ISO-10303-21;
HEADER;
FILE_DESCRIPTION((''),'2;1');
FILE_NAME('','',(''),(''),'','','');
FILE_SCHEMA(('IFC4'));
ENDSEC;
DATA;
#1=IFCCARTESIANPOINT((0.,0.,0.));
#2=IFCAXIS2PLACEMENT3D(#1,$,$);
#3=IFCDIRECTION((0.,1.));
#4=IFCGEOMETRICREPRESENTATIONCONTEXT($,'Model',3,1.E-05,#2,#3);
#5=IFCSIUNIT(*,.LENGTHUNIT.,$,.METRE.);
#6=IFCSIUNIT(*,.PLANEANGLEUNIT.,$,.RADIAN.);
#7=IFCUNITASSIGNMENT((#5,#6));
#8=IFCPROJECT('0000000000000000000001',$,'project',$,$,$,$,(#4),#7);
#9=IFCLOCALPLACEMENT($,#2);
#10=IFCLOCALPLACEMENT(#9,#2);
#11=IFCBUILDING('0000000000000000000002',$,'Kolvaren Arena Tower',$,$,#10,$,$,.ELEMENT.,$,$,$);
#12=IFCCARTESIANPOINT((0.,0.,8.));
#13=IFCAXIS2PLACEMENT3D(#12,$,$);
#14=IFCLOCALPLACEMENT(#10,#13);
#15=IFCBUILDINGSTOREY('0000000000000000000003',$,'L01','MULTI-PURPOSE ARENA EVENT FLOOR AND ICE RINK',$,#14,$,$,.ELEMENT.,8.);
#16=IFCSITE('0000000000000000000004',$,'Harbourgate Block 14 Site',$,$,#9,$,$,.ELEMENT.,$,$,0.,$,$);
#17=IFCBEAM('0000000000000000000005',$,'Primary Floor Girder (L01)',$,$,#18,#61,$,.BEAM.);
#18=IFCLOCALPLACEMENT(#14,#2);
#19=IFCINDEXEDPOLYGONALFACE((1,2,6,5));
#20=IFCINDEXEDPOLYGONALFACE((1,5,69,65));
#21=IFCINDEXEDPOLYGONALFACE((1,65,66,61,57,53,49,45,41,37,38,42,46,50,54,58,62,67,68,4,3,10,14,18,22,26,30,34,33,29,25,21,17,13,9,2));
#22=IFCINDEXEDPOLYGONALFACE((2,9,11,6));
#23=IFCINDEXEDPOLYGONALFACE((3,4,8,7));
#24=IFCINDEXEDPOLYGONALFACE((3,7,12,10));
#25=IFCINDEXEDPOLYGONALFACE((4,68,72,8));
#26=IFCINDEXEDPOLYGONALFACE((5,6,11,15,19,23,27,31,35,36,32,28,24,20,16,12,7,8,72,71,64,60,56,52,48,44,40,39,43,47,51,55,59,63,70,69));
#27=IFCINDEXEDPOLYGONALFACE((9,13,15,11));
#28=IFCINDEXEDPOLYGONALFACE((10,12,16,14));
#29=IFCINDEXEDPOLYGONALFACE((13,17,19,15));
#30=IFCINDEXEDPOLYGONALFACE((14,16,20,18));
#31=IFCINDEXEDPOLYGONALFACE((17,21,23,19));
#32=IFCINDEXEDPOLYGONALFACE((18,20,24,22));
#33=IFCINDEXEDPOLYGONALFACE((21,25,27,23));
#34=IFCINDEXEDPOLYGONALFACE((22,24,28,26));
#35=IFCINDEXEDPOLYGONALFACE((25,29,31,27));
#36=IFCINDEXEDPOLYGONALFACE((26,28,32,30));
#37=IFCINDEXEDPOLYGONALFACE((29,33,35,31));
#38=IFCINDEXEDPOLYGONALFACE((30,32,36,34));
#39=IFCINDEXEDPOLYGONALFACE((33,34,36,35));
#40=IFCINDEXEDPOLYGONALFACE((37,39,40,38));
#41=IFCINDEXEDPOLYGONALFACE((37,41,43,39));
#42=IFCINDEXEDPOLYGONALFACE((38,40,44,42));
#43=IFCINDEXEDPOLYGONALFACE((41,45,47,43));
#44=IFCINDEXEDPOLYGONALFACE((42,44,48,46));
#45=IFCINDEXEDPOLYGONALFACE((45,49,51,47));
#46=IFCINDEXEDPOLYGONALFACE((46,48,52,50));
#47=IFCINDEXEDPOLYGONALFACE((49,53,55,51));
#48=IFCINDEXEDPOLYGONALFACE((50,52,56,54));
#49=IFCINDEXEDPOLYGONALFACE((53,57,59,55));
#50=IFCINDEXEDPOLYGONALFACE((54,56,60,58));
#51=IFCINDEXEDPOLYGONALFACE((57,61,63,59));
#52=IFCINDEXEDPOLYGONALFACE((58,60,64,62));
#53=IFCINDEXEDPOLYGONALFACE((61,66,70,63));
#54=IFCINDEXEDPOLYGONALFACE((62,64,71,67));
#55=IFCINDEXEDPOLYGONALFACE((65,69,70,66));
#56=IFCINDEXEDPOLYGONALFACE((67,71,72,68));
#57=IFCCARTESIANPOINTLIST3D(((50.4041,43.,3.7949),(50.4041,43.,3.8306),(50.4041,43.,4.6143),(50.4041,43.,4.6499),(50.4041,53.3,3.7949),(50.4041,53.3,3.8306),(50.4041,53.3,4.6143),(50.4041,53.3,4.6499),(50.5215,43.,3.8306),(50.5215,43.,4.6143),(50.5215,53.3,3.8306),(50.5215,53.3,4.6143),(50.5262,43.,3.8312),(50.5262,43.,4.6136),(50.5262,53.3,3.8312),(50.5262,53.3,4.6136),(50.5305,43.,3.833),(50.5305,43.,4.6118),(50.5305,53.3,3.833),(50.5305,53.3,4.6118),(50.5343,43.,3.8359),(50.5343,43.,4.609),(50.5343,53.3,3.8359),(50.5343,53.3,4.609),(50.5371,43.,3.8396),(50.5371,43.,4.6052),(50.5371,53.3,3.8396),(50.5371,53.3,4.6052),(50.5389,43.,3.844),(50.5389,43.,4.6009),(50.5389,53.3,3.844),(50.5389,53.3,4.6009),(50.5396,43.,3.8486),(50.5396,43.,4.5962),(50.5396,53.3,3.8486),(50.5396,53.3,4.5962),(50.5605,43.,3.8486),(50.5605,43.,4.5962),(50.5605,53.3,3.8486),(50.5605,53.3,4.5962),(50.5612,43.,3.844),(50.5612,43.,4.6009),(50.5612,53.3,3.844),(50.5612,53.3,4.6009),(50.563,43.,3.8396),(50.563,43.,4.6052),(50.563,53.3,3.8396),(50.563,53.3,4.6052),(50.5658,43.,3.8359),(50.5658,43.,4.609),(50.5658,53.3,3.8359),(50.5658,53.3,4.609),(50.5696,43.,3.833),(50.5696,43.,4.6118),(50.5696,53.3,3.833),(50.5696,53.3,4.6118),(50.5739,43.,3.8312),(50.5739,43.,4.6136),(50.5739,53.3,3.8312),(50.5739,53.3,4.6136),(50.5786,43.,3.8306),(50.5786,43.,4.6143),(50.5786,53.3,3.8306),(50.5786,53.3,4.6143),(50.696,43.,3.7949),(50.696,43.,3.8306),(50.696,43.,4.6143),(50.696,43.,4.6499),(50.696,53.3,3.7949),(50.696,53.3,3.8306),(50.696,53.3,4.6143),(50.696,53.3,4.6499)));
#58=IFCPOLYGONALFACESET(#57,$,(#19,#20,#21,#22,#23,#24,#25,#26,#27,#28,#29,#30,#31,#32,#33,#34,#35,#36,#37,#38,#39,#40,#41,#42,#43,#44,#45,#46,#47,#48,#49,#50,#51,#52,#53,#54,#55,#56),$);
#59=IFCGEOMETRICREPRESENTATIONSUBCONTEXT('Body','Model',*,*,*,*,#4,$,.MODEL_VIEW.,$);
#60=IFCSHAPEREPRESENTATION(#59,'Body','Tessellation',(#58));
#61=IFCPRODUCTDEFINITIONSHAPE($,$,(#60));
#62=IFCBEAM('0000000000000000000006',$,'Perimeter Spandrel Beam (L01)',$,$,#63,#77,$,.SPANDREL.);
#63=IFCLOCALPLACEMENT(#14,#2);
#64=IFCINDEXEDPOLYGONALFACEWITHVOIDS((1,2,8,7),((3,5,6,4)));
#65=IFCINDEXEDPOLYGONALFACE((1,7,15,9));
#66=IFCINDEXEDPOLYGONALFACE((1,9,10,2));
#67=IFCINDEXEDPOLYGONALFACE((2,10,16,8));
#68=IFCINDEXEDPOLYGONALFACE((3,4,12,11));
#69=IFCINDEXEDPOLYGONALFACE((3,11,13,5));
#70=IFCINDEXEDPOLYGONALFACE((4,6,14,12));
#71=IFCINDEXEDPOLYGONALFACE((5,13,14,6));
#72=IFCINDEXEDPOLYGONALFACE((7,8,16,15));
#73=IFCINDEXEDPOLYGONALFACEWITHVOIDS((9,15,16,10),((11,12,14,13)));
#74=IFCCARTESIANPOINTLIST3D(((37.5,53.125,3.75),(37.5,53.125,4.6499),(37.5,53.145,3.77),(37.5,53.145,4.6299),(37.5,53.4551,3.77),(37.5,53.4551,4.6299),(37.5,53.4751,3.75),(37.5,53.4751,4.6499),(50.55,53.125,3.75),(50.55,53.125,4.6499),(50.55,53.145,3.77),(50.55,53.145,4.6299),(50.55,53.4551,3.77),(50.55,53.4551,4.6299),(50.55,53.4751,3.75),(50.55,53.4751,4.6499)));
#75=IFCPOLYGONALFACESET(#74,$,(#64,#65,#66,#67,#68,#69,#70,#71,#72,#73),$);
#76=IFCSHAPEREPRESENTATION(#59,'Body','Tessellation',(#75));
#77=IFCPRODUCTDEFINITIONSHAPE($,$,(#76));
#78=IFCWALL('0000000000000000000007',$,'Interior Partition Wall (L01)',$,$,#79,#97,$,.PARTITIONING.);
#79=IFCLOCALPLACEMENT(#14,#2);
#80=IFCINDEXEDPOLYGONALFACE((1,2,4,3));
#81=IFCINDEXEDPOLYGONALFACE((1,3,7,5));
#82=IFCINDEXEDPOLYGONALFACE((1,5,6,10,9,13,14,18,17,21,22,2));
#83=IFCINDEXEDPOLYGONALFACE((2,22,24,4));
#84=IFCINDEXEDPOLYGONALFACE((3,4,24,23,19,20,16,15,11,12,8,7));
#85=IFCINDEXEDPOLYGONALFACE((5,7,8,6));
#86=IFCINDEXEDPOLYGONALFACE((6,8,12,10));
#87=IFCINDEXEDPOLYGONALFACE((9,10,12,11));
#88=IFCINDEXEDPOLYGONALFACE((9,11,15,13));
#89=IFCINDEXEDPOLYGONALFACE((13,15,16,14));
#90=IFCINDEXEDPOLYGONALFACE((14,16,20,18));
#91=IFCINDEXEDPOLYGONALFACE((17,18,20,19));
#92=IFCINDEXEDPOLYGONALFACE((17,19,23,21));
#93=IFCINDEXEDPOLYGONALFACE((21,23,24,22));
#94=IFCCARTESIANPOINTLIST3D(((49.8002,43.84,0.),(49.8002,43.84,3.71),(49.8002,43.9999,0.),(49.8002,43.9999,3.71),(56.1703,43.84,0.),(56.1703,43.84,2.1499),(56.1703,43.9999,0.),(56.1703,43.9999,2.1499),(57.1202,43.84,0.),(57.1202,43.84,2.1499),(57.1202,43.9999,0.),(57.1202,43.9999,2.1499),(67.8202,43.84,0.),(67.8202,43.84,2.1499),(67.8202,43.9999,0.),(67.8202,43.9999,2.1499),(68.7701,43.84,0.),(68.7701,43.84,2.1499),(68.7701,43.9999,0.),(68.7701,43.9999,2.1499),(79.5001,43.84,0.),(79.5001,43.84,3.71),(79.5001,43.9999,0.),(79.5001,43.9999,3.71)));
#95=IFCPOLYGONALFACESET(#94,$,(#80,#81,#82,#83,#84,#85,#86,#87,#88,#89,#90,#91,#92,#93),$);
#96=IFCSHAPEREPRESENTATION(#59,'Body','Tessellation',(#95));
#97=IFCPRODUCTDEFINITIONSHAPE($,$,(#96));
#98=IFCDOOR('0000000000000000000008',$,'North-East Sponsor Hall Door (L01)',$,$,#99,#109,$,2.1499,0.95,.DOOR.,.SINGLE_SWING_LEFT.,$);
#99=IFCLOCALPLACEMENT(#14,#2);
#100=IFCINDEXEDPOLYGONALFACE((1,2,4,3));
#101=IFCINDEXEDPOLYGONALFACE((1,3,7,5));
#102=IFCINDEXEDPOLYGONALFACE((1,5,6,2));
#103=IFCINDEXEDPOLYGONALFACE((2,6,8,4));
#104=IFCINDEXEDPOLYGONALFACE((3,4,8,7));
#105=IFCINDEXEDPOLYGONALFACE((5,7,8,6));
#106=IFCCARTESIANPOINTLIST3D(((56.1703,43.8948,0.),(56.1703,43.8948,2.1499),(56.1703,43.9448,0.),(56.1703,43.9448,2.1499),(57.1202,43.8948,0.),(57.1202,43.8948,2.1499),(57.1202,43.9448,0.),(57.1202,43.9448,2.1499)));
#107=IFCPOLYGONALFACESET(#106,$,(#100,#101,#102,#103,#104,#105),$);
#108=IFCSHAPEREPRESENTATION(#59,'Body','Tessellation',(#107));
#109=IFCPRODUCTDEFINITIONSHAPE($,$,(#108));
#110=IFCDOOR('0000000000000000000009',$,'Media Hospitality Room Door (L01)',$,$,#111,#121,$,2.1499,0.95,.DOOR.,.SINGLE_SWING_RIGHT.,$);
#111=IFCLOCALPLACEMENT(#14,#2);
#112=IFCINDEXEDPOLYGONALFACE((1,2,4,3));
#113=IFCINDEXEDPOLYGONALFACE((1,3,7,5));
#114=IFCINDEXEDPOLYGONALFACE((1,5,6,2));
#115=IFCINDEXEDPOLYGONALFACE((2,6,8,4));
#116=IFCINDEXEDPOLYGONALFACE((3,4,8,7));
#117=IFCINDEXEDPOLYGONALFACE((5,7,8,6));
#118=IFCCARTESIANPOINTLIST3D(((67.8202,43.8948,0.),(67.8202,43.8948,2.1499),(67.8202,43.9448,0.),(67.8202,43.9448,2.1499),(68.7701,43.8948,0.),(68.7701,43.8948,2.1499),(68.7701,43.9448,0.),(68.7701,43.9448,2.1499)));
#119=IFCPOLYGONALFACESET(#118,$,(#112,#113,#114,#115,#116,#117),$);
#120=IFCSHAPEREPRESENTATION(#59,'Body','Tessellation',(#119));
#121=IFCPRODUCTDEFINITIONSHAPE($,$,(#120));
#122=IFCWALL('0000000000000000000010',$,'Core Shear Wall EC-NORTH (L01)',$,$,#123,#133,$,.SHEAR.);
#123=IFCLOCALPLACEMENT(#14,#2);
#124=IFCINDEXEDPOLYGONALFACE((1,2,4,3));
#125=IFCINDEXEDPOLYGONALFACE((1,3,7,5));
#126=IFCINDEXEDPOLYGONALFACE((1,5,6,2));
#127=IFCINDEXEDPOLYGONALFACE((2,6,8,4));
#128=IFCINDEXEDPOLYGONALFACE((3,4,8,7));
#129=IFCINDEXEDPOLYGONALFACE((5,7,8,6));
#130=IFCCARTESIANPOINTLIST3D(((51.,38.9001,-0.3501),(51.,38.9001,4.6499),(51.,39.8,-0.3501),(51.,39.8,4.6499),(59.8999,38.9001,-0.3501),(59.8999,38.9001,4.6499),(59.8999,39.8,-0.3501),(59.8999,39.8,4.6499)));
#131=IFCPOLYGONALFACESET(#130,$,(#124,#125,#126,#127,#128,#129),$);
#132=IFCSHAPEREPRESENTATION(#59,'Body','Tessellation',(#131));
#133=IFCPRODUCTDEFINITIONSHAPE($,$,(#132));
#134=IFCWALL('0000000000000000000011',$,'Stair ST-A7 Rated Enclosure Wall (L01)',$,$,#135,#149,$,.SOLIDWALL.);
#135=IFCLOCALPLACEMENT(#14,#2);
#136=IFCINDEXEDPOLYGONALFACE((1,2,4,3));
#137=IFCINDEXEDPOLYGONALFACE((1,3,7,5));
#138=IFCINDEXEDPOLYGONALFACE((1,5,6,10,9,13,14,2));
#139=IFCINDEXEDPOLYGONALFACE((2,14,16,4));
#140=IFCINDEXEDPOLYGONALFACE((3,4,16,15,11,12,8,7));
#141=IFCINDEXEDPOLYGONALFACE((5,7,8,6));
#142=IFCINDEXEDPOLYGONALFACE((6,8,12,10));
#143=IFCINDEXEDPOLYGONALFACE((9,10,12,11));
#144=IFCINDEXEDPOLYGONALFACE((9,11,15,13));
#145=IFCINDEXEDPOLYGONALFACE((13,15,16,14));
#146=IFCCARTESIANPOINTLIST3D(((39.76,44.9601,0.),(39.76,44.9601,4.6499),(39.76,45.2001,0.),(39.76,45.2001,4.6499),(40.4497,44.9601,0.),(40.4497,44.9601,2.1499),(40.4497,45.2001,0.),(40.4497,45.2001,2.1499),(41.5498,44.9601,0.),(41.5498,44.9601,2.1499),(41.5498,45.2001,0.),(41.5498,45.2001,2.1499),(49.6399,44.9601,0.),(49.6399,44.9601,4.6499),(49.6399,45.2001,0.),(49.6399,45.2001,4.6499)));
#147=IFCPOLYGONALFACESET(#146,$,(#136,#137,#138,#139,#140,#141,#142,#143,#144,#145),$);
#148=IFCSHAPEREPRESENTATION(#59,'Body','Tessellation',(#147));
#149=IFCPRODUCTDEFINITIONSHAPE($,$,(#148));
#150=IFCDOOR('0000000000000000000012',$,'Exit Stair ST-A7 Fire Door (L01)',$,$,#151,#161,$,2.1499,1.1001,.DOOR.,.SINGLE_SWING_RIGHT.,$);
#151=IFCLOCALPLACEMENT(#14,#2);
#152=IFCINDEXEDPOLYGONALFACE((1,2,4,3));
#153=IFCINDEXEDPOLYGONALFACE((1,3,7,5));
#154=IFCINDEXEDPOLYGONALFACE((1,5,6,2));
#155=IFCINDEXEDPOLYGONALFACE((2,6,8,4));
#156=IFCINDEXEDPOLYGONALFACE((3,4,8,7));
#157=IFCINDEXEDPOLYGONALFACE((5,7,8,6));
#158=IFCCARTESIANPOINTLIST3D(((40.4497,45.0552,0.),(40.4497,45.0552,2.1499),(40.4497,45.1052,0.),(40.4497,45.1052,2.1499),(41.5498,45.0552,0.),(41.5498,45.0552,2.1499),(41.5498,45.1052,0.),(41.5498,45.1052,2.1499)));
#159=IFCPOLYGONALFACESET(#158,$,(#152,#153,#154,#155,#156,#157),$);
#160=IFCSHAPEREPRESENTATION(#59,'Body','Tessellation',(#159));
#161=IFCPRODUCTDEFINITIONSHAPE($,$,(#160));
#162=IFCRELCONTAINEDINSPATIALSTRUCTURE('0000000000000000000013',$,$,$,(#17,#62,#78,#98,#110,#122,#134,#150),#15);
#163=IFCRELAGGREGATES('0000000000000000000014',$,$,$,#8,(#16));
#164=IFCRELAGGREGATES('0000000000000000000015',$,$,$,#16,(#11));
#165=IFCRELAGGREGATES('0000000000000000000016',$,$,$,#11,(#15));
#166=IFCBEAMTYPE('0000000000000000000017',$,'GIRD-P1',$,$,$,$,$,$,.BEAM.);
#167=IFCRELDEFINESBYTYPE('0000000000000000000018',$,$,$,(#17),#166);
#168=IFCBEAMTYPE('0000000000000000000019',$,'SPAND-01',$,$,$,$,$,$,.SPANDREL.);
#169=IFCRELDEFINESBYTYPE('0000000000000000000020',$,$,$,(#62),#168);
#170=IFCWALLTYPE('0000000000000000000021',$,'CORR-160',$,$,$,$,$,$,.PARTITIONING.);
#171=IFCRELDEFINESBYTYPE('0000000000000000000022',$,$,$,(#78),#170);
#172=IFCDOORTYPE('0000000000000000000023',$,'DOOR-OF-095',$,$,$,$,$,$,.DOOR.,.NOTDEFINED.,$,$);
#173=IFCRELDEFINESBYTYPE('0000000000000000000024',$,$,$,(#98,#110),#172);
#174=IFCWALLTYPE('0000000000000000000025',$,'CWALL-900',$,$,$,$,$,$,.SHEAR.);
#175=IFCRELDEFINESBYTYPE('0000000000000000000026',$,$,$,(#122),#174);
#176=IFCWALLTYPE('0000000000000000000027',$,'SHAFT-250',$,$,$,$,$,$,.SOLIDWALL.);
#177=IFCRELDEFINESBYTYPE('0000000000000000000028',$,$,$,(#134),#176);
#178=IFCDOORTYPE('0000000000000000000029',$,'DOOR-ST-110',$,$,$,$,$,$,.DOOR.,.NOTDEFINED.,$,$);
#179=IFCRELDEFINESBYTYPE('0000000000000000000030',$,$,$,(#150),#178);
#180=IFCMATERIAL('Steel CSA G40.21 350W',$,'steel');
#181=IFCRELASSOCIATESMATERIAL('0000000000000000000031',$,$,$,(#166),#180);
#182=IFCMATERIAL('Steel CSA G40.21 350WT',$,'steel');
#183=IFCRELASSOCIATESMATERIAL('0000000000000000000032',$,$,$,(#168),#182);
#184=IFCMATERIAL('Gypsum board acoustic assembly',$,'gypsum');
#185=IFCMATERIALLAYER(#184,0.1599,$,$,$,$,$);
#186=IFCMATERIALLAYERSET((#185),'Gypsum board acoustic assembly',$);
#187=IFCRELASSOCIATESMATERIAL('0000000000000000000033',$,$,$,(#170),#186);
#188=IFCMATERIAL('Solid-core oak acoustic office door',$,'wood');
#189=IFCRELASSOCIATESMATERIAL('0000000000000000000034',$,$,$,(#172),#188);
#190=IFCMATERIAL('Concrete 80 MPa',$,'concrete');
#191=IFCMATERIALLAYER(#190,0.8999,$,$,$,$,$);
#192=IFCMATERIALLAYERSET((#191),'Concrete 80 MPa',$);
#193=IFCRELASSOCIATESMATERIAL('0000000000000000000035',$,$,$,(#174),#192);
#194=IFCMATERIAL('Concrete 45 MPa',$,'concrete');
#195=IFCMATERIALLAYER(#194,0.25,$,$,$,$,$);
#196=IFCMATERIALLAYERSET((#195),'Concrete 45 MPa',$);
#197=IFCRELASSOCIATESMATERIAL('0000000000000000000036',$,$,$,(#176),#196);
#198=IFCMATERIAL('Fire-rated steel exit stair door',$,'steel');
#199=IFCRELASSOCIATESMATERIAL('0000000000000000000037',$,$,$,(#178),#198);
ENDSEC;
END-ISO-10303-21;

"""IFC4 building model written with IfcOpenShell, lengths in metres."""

from ifc_helpers import new_model, si_unit, direction, frame, frame_2d, origin, origin_2d, place, context, subcontext, project, spatial, rectangle, hollow_rectangle, i_section, extrude, material, layer, layer_set, material_profile, profile_set, type_object, element, fill, save


model = new_model("IFC4")

# Units and contexts
model_context = context("Model", 3, precision=1e-05, world=origin(), true_north=direction((0.0, 1.0)))
body_context = subcontext(model_context, "Body", "Model", "MODEL_VIEW")
ifc_project = project(units=[si_unit("LENGTHUNIT", "METRE"), si_unit("PLANEANGLEUNIT", "RADIAN")], contexts=[model_context])

# Site, building, storey
site_placement = place(None, origin())
site = spatial("IfcSite", under=ifc_project, at=site_placement, Name="Harbourgate Block 14 Site", CompositionType="ELEMENT", RefElevation=0.0)
building_placement = place(site_placement, origin())
building = spatial("IfcBuilding", under=site, at=building_placement, Name="Kolvaren Arena Tower", CompositionType="ELEMENT")
storey_placement = place(building_placement, frame((0.0, 0.0, 8.0)))
storey = spatial("IfcBuildingStorey", under=building, at=storey_placement, Name="L01", Description="MULTI-PURPOSE ARENA EVENT FLOOR AND ICE RINK", CompositionType="ELEMENT", Elevation=8.0)

# Beams
ifc_material_1 = material(Name="Steel CSA G40.21 350W", Category="steel")
ifc_material_profile_1 = material_profile(ifc_material_1, i_section(OverallWidth=0.292, OverallDepth=0.855, WebThickness=0.021, FlangeThickness=0.0356, FilletRadius=0.0181, at=origin_2d()), Name="W840x299")
ifc_profile_set_1 = profile_set([ifc_material_profile_1], Name="Steel CSA G40.21 350W")
beam_type_1 = type_object("IfcBeamType", Name="GIRD-P1", PredefinedType="BEAM", material=ifc_profile_set_1)
beam_1_placement = place(storey_placement, frame((50.55, 43.0, 4.2224), z_axis=(0.0, 1.0, 0.0), x_axis=(-1.0, 0.0, 0.0)))
element("IfcBeam", 1, at=beam_1_placement, inside=storey, type_object=beam_type_1, Name="Primary Floor Girder (L01)", PredefinedType="BEAM", context=body_context, shape_type="SweptSolid", body=[
    extrude(i_section(OverallWidth=0.292, OverallDepth=0.855, WebThickness=0.021, FlangeThickness=0.0356, FilletRadius=0.0181, at=origin_2d()), origin(), (0.0, 0.0, 1.0), 10.3),
])
ifc_material_2 = material(Name="Steel CSA G40.21 350WT", Category="steel")
ifc_material_profile_2 = material_profile(ifc_material_2, hollow_rectangle(XDim=0.3501, YDim=0.8999, WallThickness=0.02, at=origin_2d()), Name="HSS 900x350x20")
ifc_profile_set_2 = profile_set([ifc_material_profile_2], Name="Steel CSA G40.21 350WT")
beam_type_2 = type_object("IfcBeamType", Name="SPAND-01", PredefinedType="SPANDREL", material=ifc_profile_set_2)
beam_2_placement = place(storey_placement, frame((50.55, 53.3, 4.2), z_axis=(-1.0, 0.0, 0.0), x_axis=(0.0, -1.0, 0.0)))
element("IfcBeam", 2, at=beam_2_placement, inside=storey, type_object=beam_type_2, Name="Perimeter Spandrel Beam (L01)", PredefinedType="SPANDREL", context=body_context, shape_type="SweptSolid", body=[
    extrude(hollow_rectangle(XDim=0.3501, YDim=0.8999, WallThickness=0.02, at=origin_2d()), origin(), (0.0, 0.0, 1.0), 13.05),
])

# Wall, openings, doors
ifc_material_3 = material(Name="Gypsum board acoustic assembly", Category="gypsum")
ifc_layer_1 = layer(ifc_material_3, 0.1599)
ifc_layer_set_1 = layer_set([ifc_layer_1], Name="Gypsum board acoustic assembly")
wall_type_1 = type_object("IfcWallType", Name="CORR-160", PredefinedType="PARTITIONING", material=ifc_layer_set_1)
wall_1_placement = place(storey_placement, frame((49.8, 43.9199, 0.0), z_axis=(0.0, 0.0, 1.0), x_axis=(1.0, 0.0, 0.0)))
wall_1 = element("IfcWall", 3, at=wall_1_placement, inside=storey, type_object=wall_type_1, Name="Interior Partition Wall (L01)", PredefinedType="PARTITIONING", context=body_context, shape_type="SweptSolid", body=[
    extrude(rectangle(XDim=29.7, YDim=0.1599, at=frame_2d((14.8501, 0.0))), origin(), (0.0, 0.0, 1.0), 3.71),
])
opening_1_placement = place(wall_1_placement, frame((6.3701, 0.0, 0.0)))
opening_1 = element("IfcOpeningElement", 4, at=opening_1_placement, cuts=wall_1, PredefinedType="OPENING", context=body_context, shape_type="SweptSolid", body=[
    extrude(rectangle(XDim=0.95, YDim=2.1499, at=frame_2d((0.4751, 1.075))), frame((0.0, 0.0898, 0.0), z_axis=(0.0, -1.0, 0.0), x_axis=(1.0, 0.0, 0.0)), (0.0, 0.0, 1.0), 0.1799),
])
opening_2_placement = place(wall_1_placement, frame((18.02, 0.0, 0.0)))
opening_2 = element("IfcOpeningElement", 5, at=opening_2_placement, cuts=wall_1, PredefinedType="OPENING", context=body_context, shape_type="SweptSolid", body=[
    extrude(rectangle(XDim=0.95, YDim=2.1499, at=frame_2d((0.4751, 1.075))), frame((0.0, 0.0898, 0.0), z_axis=(0.0, -1.0, 0.0), x_axis=(1.0, 0.0, 0.0)), (0.0, 0.0, 1.0), 0.1799),
])
ifc_material_4 = material(Name="Solid-core oak acoustic office door", Category="wood")
door_type_1 = type_object("IfcDoorType", Name="DOOR-OF-095", OperationType="NOTDEFINED", PredefinedType="DOOR", material=ifc_material_4)
door_1_placement = place(opening_1_placement, origin())
door_1 = element("IfcDoor", 6, at=door_1_placement, inside=storey, type_object=door_type_1, Name="North-East Sponsor Hall Door (L01)", OperationType="SINGLE_SWING_LEFT", OverallHeight=2.1499, OverallWidth=0.95, PredefinedType="DOOR", context=body_context, shape_type="SweptSolid", body=[
    extrude(rectangle(XDim=0.95, YDim=2.1499, at=frame_2d((0.4751, 1.075))), frame((0.0, 0.0249, 0.0), z_axis=(0.0, -1.0, 0.0), x_axis=(1.0, 0.0, 0.0)), (0.0, 0.0, 1.0), 0.05),
])
fill(opening_1, door_1)
door_2_placement = place(opening_2_placement, origin())
door_2 = element("IfcDoor", 7, at=door_2_placement, inside=storey, type_object=door_type_1, Name="Media Hospitality Room Door (L01)", OperationType="SINGLE_SWING_RIGHT", OverallHeight=2.1499, OverallWidth=0.95, PredefinedType="DOOR", context=body_context, shape_type="SweptSolid", body=[
    extrude(rectangle(XDim=0.95, YDim=2.1499, at=frame_2d((0.4751, 1.075))), frame((0.0, 0.0249, 0.0), z_axis=(0.0, -1.0, 0.0), x_axis=(1.0, 0.0, 0.0)), (0.0, 0.0, 1.0), 0.05),
])
fill(opening_2, door_2)

# Wall
ifc_material_5 = material(Name="Concrete 80 MPa", Category="concrete")
ifc_layer_2 = layer(ifc_material_5, 0.8999)
ifc_layer_set_2 = layer_set([ifc_layer_2], Name="Concrete 80 MPa")
wall_type_2 = type_object("IfcWallType", Name="CWALL-900", PredefinedType="SHEAR", material=ifc_layer_set_2)
wall_2_placement = place(storey_placement, frame((51.0, 39.3501, -0.3501), z_axis=(0.0, 0.0, 1.0), x_axis=(1.0, 0.0, 0.0)))
element("IfcWall", 8, at=wall_2_placement, inside=storey, type_object=wall_type_2, Name="Core Shear Wall EC-NORTH (L01)", PredefinedType="SHEAR", context=body_context, shape_type="SweptSolid", body=[
    extrude(rectangle(XDim=8.8999, YDim=0.8999, at=frame_2d((4.45, 0.0))), origin(), (0.0, 0.0, 1.0), 5.0),
])

# Wall, opening, door
ifc_material_6 = material(Name="Concrete 45 MPa", Category="concrete")
ifc_layer_3 = layer(ifc_material_6, 0.25)
ifc_layer_set_3 = layer_set([ifc_layer_3], Name="Concrete 45 MPa")
wall_type_3 = type_object("IfcWallType", Name="SHAFT-250", PredefinedType="SOLIDWALL", material=ifc_layer_set_3)
wall_3_placement = place(storey_placement, frame((49.6399, 45.0801, 0.0), z_axis=(0.0, 0.0, 1.0), x_axis=(-1.0, 0.0, 0.0)))
wall_3 = element("IfcWall", 9, at=wall_3_placement, inside=storey, type_object=wall_type_3, Name="Stair ST-A7 Rated Enclosure Wall (L01)", PredefinedType="SOLIDWALL", context=body_context, shape_type="SweptSolid", body=[
    extrude(rectangle(XDim=9.8799, YDim=0.24, at=frame_2d((4.9399, 0.0))), origin(), (0.0, 0.0, 1.0), 4.6499),
])
opening_3_placement = place(wall_3_placement, frame((8.0901, 0.0, 0.0)))
opening_3 = element("IfcOpeningElement", 10, at=opening_3_placement, cuts=wall_3, PredefinedType="OPENING", context=body_context, shape_type="SweptSolid", body=[
    extrude(rectangle(XDim=1.1001, YDim=2.1499, at=frame_2d((0.55, 1.075))), frame((0.0, 0.1299, 0.0), z_axis=(0.0, -1.0, 0.0), x_axis=(1.0, 0.0, 0.0)), (0.0, 0.0, 1.0), 0.26),
])
ifc_material_7 = material(Name="Fire-rated steel exit stair door", Category="steel")
door_type_2 = type_object("IfcDoorType", Name="DOOR-ST-110", OperationType="NOTDEFINED", PredefinedType="DOOR", material=ifc_material_7)
door_3_placement = place(opening_3_placement, origin())
door_3 = element("IfcDoor", 11, at=door_3_placement, inside=storey, type_object=door_type_2, Name="Exit Stair ST-A7 Fire Door (L01)", OperationType="SINGLE_SWING_RIGHT", OverallHeight=2.1499, OverallWidth=1.1001, PredefinedType="DOOR", context=body_context, shape_type="SweptSolid", body=[
    extrude(rectangle(XDim=1.1001, YDim=2.1499, at=frame_2d((0.55, 1.075))), frame((0.0, 0.0249, 0.0), z_axis=(0.0, -1.0, 0.0), x_axis=(1.0, 0.0, 0.0)), (0.0, 0.0, 1.0), 0.05),
])
fill(opening_3, door_3)

save(model, "model.ifc")
